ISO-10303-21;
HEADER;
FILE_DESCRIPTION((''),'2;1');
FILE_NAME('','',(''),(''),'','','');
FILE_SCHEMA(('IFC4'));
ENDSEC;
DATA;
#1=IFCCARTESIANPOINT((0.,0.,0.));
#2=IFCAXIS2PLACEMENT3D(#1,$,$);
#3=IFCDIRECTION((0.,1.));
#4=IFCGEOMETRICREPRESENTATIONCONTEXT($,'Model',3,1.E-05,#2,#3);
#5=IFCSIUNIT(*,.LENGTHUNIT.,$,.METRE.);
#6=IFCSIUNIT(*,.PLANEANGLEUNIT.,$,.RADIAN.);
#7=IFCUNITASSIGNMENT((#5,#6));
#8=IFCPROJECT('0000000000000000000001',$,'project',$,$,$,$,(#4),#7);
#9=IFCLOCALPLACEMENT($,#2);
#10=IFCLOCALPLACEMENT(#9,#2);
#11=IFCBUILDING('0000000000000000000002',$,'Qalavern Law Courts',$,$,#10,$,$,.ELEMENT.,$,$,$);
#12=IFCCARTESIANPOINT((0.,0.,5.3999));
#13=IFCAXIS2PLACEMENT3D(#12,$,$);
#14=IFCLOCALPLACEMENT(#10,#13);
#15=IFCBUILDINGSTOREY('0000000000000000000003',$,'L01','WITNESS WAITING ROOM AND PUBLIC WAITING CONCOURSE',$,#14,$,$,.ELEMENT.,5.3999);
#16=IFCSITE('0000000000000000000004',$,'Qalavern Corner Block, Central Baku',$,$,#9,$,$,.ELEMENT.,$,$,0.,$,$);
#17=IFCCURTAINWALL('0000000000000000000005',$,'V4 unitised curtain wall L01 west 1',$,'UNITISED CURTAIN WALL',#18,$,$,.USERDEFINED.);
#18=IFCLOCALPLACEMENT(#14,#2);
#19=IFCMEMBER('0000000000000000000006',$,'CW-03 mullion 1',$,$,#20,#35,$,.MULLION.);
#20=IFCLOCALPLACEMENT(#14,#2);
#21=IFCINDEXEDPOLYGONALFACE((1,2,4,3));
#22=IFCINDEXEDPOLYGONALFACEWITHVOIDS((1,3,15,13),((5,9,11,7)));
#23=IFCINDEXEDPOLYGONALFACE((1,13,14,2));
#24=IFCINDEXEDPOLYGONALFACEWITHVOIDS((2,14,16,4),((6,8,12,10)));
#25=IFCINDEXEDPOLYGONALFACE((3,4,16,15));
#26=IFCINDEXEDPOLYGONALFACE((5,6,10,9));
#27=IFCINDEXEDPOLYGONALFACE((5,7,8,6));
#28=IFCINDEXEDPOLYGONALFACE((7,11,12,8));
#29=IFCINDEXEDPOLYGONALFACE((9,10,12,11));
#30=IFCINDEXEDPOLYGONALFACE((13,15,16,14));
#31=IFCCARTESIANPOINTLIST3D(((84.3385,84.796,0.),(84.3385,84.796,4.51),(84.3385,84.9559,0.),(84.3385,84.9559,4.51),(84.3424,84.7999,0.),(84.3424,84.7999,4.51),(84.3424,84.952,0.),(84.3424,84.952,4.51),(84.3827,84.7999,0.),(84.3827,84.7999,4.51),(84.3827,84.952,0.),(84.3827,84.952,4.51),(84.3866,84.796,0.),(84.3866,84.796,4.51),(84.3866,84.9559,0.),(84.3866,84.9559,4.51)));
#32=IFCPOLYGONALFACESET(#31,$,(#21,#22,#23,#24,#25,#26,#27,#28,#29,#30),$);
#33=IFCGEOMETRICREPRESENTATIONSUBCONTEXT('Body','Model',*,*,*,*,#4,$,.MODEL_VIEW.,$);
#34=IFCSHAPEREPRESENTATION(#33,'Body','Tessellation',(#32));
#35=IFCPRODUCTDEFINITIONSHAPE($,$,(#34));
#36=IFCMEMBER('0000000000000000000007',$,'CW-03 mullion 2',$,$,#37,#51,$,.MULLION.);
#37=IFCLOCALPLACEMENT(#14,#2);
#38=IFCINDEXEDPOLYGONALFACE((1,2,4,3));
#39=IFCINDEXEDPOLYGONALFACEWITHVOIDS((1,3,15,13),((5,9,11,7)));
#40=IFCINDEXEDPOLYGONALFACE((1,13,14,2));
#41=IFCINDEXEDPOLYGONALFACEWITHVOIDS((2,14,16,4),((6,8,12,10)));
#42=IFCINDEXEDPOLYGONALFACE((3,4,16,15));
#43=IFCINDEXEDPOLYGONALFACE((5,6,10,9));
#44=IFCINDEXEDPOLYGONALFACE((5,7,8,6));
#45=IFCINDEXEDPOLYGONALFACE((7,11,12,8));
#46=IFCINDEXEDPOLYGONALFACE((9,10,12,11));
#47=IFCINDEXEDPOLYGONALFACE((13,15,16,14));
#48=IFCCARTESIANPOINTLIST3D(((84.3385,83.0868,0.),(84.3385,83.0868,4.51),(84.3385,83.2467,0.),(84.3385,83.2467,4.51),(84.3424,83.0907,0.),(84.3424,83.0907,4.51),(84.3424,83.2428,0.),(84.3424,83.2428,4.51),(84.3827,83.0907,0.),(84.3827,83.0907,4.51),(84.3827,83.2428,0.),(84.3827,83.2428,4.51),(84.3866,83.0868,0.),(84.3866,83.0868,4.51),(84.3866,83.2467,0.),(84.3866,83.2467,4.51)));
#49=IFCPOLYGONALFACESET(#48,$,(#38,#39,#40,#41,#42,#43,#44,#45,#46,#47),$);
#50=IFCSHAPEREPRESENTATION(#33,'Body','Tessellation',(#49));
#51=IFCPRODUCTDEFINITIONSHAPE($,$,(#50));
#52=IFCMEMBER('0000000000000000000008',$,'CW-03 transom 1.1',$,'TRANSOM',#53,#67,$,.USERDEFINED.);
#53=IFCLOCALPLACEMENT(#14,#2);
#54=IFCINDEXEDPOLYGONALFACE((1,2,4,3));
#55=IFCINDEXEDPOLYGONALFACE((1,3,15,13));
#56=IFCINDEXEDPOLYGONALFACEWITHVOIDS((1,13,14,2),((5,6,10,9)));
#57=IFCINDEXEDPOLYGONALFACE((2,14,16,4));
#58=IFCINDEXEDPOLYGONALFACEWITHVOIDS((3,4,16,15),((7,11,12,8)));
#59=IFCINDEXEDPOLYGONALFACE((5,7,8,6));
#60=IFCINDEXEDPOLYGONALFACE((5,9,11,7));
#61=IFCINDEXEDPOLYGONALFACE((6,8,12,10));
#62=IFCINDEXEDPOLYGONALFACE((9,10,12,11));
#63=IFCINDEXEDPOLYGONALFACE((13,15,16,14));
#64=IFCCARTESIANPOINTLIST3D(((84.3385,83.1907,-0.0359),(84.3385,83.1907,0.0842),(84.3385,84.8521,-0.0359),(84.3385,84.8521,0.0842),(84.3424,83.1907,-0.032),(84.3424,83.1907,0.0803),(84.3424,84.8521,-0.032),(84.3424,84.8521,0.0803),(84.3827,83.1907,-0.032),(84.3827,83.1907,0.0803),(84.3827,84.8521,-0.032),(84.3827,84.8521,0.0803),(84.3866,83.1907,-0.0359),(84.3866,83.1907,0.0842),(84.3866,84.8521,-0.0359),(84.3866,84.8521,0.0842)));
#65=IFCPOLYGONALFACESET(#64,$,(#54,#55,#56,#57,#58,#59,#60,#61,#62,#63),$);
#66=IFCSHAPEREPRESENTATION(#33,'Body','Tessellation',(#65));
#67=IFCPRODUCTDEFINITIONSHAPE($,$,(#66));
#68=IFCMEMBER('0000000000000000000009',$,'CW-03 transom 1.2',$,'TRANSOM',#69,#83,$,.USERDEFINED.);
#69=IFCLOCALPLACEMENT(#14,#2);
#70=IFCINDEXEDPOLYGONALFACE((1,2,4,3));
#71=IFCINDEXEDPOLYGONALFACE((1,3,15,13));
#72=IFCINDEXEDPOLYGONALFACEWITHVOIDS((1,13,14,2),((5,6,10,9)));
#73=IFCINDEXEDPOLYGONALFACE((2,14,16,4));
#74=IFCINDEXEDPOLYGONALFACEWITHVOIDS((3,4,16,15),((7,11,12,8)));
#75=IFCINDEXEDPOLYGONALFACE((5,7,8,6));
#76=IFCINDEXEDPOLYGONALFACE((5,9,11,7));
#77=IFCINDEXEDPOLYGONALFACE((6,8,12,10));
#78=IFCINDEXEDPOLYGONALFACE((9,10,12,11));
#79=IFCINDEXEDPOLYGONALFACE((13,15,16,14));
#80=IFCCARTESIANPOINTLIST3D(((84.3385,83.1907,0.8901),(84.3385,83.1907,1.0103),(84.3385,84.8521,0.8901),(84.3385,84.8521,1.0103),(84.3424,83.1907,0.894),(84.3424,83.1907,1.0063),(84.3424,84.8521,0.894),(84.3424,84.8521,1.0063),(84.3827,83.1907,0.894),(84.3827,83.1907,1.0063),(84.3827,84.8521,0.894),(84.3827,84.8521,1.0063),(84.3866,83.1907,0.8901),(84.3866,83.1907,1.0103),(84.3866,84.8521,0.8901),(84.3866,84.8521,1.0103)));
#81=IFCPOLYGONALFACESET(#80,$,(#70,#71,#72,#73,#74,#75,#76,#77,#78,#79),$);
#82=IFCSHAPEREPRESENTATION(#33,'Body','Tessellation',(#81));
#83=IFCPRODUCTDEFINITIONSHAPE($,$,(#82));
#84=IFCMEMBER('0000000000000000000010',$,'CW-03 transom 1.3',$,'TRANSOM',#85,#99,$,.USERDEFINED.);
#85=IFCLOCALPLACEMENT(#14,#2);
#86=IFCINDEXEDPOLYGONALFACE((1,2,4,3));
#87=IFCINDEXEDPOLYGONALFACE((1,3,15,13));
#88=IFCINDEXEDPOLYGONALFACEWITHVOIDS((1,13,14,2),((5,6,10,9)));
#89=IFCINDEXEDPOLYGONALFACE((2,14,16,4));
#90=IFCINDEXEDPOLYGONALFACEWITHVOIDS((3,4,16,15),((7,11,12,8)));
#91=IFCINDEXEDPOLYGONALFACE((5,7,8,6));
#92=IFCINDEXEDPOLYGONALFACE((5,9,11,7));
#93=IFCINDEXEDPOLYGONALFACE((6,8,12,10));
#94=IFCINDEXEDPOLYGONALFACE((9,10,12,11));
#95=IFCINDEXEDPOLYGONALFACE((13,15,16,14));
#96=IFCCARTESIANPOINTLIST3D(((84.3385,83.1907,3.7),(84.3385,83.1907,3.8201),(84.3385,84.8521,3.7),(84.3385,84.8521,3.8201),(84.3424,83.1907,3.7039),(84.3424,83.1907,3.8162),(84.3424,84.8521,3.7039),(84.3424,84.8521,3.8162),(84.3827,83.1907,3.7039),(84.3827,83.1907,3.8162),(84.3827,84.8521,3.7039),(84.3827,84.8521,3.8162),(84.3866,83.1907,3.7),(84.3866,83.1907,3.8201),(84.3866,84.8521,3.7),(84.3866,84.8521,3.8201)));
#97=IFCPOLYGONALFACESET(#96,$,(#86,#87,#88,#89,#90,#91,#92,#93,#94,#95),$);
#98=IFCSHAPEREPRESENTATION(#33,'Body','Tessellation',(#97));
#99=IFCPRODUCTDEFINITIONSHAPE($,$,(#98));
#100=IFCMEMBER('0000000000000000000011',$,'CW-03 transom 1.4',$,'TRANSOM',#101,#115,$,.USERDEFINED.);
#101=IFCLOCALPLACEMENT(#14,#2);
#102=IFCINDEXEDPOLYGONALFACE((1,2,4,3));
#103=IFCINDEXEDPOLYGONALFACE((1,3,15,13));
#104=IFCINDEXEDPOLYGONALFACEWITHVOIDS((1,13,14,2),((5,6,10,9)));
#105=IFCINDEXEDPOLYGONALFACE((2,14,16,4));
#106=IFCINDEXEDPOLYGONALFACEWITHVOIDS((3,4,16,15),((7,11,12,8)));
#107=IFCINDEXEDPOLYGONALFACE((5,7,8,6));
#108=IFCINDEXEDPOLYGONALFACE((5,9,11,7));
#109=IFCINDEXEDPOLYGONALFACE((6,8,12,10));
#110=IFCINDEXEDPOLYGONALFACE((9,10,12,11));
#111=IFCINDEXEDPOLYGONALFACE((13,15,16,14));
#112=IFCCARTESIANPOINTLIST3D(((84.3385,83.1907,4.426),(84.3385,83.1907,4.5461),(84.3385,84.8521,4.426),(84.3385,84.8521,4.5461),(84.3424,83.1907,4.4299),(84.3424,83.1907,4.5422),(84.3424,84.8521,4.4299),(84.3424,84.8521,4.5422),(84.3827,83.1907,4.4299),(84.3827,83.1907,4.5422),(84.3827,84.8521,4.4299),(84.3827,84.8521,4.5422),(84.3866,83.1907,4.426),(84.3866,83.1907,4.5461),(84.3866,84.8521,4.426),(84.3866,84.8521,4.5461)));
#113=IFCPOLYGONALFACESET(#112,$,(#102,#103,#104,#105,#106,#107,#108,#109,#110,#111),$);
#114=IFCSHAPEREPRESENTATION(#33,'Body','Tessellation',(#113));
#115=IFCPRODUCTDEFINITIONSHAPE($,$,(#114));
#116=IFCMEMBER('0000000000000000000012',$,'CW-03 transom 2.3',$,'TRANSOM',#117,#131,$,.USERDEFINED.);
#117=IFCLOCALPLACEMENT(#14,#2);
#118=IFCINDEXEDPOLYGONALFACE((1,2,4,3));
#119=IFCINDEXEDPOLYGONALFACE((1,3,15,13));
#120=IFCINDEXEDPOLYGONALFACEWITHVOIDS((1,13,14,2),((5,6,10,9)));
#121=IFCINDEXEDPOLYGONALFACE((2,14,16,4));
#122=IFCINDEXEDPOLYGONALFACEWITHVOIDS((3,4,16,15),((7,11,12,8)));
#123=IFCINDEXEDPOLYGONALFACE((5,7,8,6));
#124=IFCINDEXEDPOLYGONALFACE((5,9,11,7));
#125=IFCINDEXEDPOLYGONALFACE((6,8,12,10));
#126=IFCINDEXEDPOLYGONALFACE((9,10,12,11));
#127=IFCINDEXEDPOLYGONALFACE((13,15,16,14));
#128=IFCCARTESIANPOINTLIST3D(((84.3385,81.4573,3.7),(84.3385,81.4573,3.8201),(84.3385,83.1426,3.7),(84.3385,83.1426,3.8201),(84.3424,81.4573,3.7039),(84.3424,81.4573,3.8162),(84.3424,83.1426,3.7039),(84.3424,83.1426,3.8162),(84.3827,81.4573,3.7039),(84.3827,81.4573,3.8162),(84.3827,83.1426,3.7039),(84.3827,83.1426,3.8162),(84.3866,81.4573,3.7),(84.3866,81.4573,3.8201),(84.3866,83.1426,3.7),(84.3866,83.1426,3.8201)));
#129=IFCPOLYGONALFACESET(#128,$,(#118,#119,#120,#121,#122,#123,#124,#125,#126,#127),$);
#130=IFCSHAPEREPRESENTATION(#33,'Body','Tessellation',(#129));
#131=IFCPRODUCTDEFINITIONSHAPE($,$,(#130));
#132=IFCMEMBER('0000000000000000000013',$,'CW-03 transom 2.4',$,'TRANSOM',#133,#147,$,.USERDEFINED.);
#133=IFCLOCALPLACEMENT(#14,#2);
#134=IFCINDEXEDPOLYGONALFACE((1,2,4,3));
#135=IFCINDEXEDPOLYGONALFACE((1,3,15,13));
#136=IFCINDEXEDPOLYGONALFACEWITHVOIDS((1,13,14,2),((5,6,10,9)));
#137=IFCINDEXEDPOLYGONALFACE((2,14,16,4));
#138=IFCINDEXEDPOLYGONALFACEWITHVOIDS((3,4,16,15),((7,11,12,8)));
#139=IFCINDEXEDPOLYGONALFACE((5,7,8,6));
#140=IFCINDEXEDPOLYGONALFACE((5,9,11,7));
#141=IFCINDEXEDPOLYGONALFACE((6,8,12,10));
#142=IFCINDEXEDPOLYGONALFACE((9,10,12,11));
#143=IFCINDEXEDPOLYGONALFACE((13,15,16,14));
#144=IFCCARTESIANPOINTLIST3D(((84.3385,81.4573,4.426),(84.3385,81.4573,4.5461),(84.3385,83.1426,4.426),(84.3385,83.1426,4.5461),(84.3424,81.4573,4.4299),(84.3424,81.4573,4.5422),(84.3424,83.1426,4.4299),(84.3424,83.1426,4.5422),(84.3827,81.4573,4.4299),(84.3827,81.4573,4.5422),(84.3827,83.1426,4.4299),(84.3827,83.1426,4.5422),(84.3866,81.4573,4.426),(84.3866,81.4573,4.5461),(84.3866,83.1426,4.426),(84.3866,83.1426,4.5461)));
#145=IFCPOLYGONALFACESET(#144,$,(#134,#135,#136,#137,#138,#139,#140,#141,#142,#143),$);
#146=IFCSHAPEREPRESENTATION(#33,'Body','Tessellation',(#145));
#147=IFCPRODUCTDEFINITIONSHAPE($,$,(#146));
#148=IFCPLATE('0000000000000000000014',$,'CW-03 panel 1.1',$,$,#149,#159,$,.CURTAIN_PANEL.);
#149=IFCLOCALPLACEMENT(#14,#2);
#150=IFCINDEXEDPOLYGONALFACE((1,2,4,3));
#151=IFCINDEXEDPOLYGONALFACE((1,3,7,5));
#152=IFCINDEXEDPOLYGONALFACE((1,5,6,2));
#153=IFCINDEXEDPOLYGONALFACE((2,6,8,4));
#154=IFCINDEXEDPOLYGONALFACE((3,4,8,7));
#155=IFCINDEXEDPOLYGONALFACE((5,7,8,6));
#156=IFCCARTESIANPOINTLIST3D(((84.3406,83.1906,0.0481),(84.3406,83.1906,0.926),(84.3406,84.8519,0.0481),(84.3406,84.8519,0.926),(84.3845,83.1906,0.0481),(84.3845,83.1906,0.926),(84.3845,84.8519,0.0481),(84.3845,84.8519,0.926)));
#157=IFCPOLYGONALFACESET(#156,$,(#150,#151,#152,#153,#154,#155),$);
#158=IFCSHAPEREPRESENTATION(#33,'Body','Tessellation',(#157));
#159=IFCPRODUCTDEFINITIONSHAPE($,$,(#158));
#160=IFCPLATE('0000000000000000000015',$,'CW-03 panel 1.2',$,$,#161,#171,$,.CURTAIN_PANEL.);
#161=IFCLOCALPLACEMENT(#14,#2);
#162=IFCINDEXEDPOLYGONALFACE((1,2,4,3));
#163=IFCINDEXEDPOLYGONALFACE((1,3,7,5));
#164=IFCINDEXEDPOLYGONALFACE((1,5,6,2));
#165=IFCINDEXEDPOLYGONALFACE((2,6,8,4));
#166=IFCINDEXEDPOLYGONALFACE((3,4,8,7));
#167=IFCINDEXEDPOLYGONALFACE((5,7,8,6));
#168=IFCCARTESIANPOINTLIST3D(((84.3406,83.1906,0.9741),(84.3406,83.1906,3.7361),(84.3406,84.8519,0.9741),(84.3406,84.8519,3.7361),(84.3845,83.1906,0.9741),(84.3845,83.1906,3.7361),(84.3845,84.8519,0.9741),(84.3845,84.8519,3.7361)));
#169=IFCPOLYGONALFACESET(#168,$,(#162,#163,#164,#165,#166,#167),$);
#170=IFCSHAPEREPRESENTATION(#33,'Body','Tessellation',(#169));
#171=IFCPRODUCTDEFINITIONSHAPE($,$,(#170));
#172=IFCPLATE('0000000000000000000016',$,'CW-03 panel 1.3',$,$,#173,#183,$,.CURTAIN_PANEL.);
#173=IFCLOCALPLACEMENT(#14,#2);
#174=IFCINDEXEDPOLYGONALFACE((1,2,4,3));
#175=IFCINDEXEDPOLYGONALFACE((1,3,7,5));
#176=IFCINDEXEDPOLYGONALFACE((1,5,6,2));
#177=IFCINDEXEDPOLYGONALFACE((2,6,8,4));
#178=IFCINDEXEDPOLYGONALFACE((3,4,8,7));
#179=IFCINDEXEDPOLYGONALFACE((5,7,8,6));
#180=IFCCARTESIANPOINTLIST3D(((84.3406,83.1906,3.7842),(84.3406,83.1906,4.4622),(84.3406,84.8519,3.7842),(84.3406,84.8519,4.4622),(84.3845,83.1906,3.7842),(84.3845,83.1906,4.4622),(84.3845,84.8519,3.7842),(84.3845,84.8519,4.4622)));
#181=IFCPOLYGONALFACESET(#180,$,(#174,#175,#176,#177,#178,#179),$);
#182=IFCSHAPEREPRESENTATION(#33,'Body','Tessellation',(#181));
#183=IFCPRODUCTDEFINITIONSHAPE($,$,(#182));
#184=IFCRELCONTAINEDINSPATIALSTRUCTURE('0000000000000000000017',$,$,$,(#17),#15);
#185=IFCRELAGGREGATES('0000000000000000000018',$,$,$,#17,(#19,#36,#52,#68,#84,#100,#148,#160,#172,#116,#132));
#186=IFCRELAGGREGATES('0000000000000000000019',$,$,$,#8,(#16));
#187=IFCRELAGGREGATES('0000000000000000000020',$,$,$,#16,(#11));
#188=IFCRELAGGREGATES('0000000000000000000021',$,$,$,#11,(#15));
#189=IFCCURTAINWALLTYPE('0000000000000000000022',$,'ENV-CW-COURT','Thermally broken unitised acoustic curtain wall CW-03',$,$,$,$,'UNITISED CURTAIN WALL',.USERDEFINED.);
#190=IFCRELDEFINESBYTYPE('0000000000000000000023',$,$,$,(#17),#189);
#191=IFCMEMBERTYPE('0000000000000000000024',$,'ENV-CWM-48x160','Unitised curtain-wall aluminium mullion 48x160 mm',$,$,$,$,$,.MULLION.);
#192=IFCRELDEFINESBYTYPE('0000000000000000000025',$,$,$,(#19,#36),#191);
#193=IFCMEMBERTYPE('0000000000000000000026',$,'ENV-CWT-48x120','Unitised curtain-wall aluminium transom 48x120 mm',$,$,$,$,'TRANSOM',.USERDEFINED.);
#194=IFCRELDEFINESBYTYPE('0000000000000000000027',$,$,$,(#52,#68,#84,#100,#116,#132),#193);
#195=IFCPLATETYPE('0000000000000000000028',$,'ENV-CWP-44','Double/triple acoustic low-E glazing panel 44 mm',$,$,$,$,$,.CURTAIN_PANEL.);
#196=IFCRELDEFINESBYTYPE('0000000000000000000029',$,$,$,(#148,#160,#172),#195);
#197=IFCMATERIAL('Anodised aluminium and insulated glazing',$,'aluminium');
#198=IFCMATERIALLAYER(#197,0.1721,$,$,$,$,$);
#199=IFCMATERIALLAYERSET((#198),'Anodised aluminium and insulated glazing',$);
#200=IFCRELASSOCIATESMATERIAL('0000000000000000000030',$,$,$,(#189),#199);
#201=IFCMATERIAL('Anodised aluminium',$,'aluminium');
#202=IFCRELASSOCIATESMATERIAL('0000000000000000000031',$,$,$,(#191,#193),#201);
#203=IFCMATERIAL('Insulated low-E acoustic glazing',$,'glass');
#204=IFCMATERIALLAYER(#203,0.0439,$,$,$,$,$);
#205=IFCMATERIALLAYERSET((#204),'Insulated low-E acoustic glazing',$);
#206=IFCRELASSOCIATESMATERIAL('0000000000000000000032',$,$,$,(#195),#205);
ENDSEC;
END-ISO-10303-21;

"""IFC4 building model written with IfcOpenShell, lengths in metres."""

from ifc_helpers import new_model, si_unit, direction, frame, origin, origin_2d, place, context, subcontext, project, spatial, rectangle, hollow_rectangle, extrude, material, layer, layer_set, material_profile, profile_set, type_object, element, aggregate, save


model = new_model("IFC4")

# Units and contexts
model_context = context("Model", 3, precision=1e-05, world=origin(), true_north=direction((0.0, 1.0)))
body_context = subcontext(model_context, "Body", "Model", "MODEL_VIEW")
ifc_project = project(units=[si_unit("LENGTHUNIT", "METRE"), si_unit("PLANEANGLEUNIT", "RADIAN")], contexts=[model_context])

# Site, building, storey
site_placement = place(None, origin())
site = spatial("IfcSite", under=ifc_project, at=site_placement, Name="Qalavern Corner Block, Central Baku", CompositionType="ELEMENT", RefElevation=0.0)
building_placement = place(site_placement, origin())
building = spatial("IfcBuilding", under=site, at=building_placement, Name="Qalavern Law Courts", CompositionType="ELEMENT")
storey_placement = place(building_placement, frame((0.0, 0.0, 5.3999)))
storey = spatial("IfcBuildingStorey", under=building, at=storey_placement, Name="L01", Description="WITNESS WAITING ROOM AND PUBLIC WAITING CONCOURSE", CompositionType="ELEMENT", Elevation=5.3999)

# Curtain wall, members, plates
ifc_material_1 = material(Name="Anodised aluminium and insulated glazing", Category="aluminium")
ifc_layer_1 = layer(ifc_material_1, 0.1721)
ifc_layer_set_1 = layer_set([ifc_layer_1], Name="Anodised aluminium and insulated glazing")
curtain_wall_type = type_object("IfcCurtainWallType", Name="ENV-CW-COURT", Description="Thermally broken unitised acoustic curtain wall CW-03", ElementType="UNITISED CURTAIN WALL", PredefinedType="USERDEFINED", material=ifc_layer_set_1)
curtain_wall_placement = place(storey_placement, origin())
curtain_wall = element("IfcCurtainWall", 1, at=curtain_wall_placement, inside=storey, type_object=curtain_wall_type, Name="V4 unitised curtain wall L01 west 1", ObjectType="UNITISED CURTAIN WALL", PredefinedType="USERDEFINED")
ifc_material_2 = material(Name="Anodised aluminium", Category="aluminium")
ifc_material_profile_1 = material_profile(ifc_material_2, hollow_rectangle(XDim=0.0481, YDim=0.1599, WallThickness=0.0039, at=origin_2d()), Name="ALU MULLION 48x160")
ifc_profile_set_1 = profile_set([ifc_material_profile_1], Name="Anodised aluminium")
member_type_1 = type_object("IfcMemberType", Name="ENV-CWM-48x160", Description="Unitised curtain-wall aluminium mullion 48x160 mm", PredefinedType="MULLION", material=ifc_profile_set_1)
member_1_placement = place(storey_placement, frame((84.3625, 84.876, 0.0), z_axis=(0.0, 0.0, 1.0), x_axis=(1.0, 0.0, 0.0)))
member_1 = element("IfcMember", 2, at=member_1_placement, type_object=member_type_1, Name="CW-03 mullion 1", PredefinedType="MULLION", context=body_context, shape_type="SweptSolid", body=[
    extrude(hollow_rectangle(XDim=0.0481, YDim=0.1599, WallThickness=0.0039, at=origin_2d()), origin(), (0.0, 0.0, 1.0), 4.51),
])
member_2_placement = place(storey_placement, frame((84.3625, 83.1667, 0.0), z_axis=(0.0, 0.0, 1.0), x_axis=(1.0, 0.0, 0.0)))
member_2 = element("IfcMember", 3, at=member_2_placement, type_object=member_type_1, Name="CW-03 mullion 2", PredefinedType="MULLION", context=body_context, shape_type="SweptSolid", body=[
    extrude(hollow_rectangle(XDim=0.0481, YDim=0.1599, WallThickness=0.0039, at=origin_2d()), origin(), (0.0, 0.0, 1.0), 4.51),
])
ifc_material_profile_2 = material_profile(ifc_material_2, hollow_rectangle(XDim=0.0481, YDim=0.1201, WallThickness=0.0039, at=origin_2d()), Name="ALU TRANSOM 48x120")
ifc_profile_set_2 = profile_set([ifc_material_profile_2], Name="Anodised aluminium")
member_type_2 = type_object("IfcMemberType", Name="ENV-CWT-48x120", Description="Unitised curtain-wall aluminium transom 48x120 mm", ElementType="TRANSOM", PredefinedType="USERDEFINED", material=ifc_profile_set_2)
member_3_placement = place(storey_placement, frame((84.3625, 84.8521, 0.0242), z_axis=(0.0, -1.0, 0.0), x_axis=(1.0, 0.0, 0.0)))
member_3 = element("IfcMember", 4, at=member_3_placement, type_object=member_type_2, Name="CW-03 transom 1.1", ObjectType="TRANSOM", PredefinedType="USERDEFINED", context=body_context, shape_type="SweptSolid", body=[
    extrude(hollow_rectangle(XDim=0.0481, YDim=0.1201, WallThickness=0.0039, at=origin_2d()), origin(), (0.0, 0.0, 1.0), 1.6614),
])
member_4_placement = place(storey_placement, frame((84.3625, 84.8521, 0.9502), z_axis=(0.0, -1.0, 0.0), x_axis=(1.0, 0.0, 0.0)))
member_4 = element("IfcMember", 5, at=member_4_placement, type_object=member_type_2, Name="CW-03 transom 1.2", ObjectType="TRANSOM", PredefinedType="USERDEFINED", context=body_context, shape_type="SweptSolid", body=[
    extrude(hollow_rectangle(XDim=0.0481, YDim=0.1201, WallThickness=0.0039, at=origin_2d()), origin(), (0.0, 0.0, 1.0), 1.6614),
])
member_5_placement = place(storey_placement, frame((84.3625, 84.8521, 3.76), z_axis=(0.0, -1.0, 0.0), x_axis=(1.0, 0.0, 0.0)))
member_5 = element("IfcMember", 6, at=member_5_placement, type_object=member_type_2, Name="CW-03 transom 1.3", ObjectType="TRANSOM", PredefinedType="USERDEFINED", context=body_context, shape_type="SweptSolid", body=[
    extrude(hollow_rectangle(XDim=0.0481, YDim=0.1201, WallThickness=0.0039, at=origin_2d()), origin(), (0.0, 0.0, 1.0), 1.6614),
])
member_6_placement = place(storey_placement, frame((84.3625, 84.8521, 4.4861), z_axis=(0.0, -1.0, 0.0), x_axis=(1.0, 0.0, 0.0)))
member_6 = element("IfcMember", 7, at=member_6_placement, type_object=member_type_2, Name="CW-03 transom 1.4", ObjectType="TRANSOM", PredefinedType="USERDEFINED", context=body_context, shape_type="SweptSolid", body=[
    extrude(hollow_rectangle(XDim=0.0481, YDim=0.1201, WallThickness=0.0039, at=origin_2d()), origin(), (0.0, 0.0, 1.0), 1.6614),
])
member_7_placement = place(storey_placement, frame((84.3625, 83.1426, 3.76), z_axis=(0.0, -1.0, 0.0), x_axis=(1.0, 0.0, 0.0)))
member_7 = element("IfcMember", 8, at=member_7_placement, type_object=member_type_2, Name="CW-03 transom 2.3", ObjectType="TRANSOM", PredefinedType="USERDEFINED", context=body_context, shape_type="SweptSolid", body=[
    extrude(hollow_rectangle(XDim=0.0481, YDim=0.1201, WallThickness=0.0039, at=origin_2d()), origin(), (0.0, 0.0, 1.0), 1.6853),
])
member_8_placement = place(storey_placement, frame((84.3625, 83.1426, 4.4861), z_axis=(0.0, -1.0, 0.0), x_axis=(1.0, 0.0, 0.0)))
member_8 = element("IfcMember", 9, at=member_8_placement, type_object=member_type_2, Name="CW-03 transom 2.4", ObjectType="TRANSOM", PredefinedType="USERDEFINED", context=body_context, shape_type="SweptSolid", body=[
    extrude(hollow_rectangle(XDim=0.0481, YDim=0.1201, WallThickness=0.0039, at=origin_2d()), origin(), (0.0, 0.0, 1.0), 1.6853),
])
ifc_material_3 = material(Name="Insulated low-E acoustic glazing", Category="glass")
ifc_layer_2 = layer(ifc_material_3, 0.0439)
ifc_layer_set_2 = layer_set([ifc_layer_2], Name="Insulated low-E acoustic glazing")
plate_type = type_object("IfcPlateType", Name="ENV-CWP-44", Description="Double/triple acoustic low-E glazing panel 44 mm", PredefinedType="CURTAIN_PANEL", material=ifc_layer_set_2)
plate_1_placement = place(storey_placement, frame((84.3625, 84.0212, 0.0481), z_axis=(0.0, 0.0, 1.0), x_axis=(0.0, -1.0, 0.0)))
plate_1 = element("IfcPlate", 10, at=plate_1_placement, type_object=plate_type, Name="CW-03 panel 1.1", PredefinedType="CURTAIN_PANEL", context=body_context, shape_type="SweptSolid", body=[
    extrude(rectangle(XDim=1.6614, YDim=0.0439, at=origin_2d()), origin(), (0.0, 0.0, 1.0), 0.8779),
])
plate_2_placement = place(storey_placement, frame((84.3625, 84.0212, 0.9741), z_axis=(0.0, 0.0, 1.0), x_axis=(0.0, -1.0, 0.0)))
plate_2 = element("IfcPlate", 11, at=plate_2_placement, type_object=plate_type, Name="CW-03 panel 1.2", PredefinedType="CURTAIN_PANEL", context=body_context, shape_type="SweptSolid", body=[
    extrude(rectangle(XDim=1.6614, YDim=0.0439, at=origin_2d()), origin(), (0.0, 0.0, 1.0), 2.762),
])
plate_3_placement = place(storey_placement, frame((84.3625, 84.0212, 3.7842), z_axis=(0.0, 0.0, 1.0), x_axis=(0.0, -1.0, 0.0)))
plate_3 = element("IfcPlate", 12, at=plate_3_placement, type_object=plate_type, Name="CW-03 panel 1.3", PredefinedType="CURTAIN_PANEL", context=body_context, shape_type="SweptSolid", body=[
    extrude(rectangle(XDim=1.6614, YDim=0.0439, at=origin_2d()), origin(), (0.0, 0.0, 1.0), 0.678),
])
aggregate(curtain_wall, [member_1, member_2, member_3, member_4, member_5, member_6, plate_1, plate_2, plate_3, member_7, member_8])

save(model, "model.ifc")
